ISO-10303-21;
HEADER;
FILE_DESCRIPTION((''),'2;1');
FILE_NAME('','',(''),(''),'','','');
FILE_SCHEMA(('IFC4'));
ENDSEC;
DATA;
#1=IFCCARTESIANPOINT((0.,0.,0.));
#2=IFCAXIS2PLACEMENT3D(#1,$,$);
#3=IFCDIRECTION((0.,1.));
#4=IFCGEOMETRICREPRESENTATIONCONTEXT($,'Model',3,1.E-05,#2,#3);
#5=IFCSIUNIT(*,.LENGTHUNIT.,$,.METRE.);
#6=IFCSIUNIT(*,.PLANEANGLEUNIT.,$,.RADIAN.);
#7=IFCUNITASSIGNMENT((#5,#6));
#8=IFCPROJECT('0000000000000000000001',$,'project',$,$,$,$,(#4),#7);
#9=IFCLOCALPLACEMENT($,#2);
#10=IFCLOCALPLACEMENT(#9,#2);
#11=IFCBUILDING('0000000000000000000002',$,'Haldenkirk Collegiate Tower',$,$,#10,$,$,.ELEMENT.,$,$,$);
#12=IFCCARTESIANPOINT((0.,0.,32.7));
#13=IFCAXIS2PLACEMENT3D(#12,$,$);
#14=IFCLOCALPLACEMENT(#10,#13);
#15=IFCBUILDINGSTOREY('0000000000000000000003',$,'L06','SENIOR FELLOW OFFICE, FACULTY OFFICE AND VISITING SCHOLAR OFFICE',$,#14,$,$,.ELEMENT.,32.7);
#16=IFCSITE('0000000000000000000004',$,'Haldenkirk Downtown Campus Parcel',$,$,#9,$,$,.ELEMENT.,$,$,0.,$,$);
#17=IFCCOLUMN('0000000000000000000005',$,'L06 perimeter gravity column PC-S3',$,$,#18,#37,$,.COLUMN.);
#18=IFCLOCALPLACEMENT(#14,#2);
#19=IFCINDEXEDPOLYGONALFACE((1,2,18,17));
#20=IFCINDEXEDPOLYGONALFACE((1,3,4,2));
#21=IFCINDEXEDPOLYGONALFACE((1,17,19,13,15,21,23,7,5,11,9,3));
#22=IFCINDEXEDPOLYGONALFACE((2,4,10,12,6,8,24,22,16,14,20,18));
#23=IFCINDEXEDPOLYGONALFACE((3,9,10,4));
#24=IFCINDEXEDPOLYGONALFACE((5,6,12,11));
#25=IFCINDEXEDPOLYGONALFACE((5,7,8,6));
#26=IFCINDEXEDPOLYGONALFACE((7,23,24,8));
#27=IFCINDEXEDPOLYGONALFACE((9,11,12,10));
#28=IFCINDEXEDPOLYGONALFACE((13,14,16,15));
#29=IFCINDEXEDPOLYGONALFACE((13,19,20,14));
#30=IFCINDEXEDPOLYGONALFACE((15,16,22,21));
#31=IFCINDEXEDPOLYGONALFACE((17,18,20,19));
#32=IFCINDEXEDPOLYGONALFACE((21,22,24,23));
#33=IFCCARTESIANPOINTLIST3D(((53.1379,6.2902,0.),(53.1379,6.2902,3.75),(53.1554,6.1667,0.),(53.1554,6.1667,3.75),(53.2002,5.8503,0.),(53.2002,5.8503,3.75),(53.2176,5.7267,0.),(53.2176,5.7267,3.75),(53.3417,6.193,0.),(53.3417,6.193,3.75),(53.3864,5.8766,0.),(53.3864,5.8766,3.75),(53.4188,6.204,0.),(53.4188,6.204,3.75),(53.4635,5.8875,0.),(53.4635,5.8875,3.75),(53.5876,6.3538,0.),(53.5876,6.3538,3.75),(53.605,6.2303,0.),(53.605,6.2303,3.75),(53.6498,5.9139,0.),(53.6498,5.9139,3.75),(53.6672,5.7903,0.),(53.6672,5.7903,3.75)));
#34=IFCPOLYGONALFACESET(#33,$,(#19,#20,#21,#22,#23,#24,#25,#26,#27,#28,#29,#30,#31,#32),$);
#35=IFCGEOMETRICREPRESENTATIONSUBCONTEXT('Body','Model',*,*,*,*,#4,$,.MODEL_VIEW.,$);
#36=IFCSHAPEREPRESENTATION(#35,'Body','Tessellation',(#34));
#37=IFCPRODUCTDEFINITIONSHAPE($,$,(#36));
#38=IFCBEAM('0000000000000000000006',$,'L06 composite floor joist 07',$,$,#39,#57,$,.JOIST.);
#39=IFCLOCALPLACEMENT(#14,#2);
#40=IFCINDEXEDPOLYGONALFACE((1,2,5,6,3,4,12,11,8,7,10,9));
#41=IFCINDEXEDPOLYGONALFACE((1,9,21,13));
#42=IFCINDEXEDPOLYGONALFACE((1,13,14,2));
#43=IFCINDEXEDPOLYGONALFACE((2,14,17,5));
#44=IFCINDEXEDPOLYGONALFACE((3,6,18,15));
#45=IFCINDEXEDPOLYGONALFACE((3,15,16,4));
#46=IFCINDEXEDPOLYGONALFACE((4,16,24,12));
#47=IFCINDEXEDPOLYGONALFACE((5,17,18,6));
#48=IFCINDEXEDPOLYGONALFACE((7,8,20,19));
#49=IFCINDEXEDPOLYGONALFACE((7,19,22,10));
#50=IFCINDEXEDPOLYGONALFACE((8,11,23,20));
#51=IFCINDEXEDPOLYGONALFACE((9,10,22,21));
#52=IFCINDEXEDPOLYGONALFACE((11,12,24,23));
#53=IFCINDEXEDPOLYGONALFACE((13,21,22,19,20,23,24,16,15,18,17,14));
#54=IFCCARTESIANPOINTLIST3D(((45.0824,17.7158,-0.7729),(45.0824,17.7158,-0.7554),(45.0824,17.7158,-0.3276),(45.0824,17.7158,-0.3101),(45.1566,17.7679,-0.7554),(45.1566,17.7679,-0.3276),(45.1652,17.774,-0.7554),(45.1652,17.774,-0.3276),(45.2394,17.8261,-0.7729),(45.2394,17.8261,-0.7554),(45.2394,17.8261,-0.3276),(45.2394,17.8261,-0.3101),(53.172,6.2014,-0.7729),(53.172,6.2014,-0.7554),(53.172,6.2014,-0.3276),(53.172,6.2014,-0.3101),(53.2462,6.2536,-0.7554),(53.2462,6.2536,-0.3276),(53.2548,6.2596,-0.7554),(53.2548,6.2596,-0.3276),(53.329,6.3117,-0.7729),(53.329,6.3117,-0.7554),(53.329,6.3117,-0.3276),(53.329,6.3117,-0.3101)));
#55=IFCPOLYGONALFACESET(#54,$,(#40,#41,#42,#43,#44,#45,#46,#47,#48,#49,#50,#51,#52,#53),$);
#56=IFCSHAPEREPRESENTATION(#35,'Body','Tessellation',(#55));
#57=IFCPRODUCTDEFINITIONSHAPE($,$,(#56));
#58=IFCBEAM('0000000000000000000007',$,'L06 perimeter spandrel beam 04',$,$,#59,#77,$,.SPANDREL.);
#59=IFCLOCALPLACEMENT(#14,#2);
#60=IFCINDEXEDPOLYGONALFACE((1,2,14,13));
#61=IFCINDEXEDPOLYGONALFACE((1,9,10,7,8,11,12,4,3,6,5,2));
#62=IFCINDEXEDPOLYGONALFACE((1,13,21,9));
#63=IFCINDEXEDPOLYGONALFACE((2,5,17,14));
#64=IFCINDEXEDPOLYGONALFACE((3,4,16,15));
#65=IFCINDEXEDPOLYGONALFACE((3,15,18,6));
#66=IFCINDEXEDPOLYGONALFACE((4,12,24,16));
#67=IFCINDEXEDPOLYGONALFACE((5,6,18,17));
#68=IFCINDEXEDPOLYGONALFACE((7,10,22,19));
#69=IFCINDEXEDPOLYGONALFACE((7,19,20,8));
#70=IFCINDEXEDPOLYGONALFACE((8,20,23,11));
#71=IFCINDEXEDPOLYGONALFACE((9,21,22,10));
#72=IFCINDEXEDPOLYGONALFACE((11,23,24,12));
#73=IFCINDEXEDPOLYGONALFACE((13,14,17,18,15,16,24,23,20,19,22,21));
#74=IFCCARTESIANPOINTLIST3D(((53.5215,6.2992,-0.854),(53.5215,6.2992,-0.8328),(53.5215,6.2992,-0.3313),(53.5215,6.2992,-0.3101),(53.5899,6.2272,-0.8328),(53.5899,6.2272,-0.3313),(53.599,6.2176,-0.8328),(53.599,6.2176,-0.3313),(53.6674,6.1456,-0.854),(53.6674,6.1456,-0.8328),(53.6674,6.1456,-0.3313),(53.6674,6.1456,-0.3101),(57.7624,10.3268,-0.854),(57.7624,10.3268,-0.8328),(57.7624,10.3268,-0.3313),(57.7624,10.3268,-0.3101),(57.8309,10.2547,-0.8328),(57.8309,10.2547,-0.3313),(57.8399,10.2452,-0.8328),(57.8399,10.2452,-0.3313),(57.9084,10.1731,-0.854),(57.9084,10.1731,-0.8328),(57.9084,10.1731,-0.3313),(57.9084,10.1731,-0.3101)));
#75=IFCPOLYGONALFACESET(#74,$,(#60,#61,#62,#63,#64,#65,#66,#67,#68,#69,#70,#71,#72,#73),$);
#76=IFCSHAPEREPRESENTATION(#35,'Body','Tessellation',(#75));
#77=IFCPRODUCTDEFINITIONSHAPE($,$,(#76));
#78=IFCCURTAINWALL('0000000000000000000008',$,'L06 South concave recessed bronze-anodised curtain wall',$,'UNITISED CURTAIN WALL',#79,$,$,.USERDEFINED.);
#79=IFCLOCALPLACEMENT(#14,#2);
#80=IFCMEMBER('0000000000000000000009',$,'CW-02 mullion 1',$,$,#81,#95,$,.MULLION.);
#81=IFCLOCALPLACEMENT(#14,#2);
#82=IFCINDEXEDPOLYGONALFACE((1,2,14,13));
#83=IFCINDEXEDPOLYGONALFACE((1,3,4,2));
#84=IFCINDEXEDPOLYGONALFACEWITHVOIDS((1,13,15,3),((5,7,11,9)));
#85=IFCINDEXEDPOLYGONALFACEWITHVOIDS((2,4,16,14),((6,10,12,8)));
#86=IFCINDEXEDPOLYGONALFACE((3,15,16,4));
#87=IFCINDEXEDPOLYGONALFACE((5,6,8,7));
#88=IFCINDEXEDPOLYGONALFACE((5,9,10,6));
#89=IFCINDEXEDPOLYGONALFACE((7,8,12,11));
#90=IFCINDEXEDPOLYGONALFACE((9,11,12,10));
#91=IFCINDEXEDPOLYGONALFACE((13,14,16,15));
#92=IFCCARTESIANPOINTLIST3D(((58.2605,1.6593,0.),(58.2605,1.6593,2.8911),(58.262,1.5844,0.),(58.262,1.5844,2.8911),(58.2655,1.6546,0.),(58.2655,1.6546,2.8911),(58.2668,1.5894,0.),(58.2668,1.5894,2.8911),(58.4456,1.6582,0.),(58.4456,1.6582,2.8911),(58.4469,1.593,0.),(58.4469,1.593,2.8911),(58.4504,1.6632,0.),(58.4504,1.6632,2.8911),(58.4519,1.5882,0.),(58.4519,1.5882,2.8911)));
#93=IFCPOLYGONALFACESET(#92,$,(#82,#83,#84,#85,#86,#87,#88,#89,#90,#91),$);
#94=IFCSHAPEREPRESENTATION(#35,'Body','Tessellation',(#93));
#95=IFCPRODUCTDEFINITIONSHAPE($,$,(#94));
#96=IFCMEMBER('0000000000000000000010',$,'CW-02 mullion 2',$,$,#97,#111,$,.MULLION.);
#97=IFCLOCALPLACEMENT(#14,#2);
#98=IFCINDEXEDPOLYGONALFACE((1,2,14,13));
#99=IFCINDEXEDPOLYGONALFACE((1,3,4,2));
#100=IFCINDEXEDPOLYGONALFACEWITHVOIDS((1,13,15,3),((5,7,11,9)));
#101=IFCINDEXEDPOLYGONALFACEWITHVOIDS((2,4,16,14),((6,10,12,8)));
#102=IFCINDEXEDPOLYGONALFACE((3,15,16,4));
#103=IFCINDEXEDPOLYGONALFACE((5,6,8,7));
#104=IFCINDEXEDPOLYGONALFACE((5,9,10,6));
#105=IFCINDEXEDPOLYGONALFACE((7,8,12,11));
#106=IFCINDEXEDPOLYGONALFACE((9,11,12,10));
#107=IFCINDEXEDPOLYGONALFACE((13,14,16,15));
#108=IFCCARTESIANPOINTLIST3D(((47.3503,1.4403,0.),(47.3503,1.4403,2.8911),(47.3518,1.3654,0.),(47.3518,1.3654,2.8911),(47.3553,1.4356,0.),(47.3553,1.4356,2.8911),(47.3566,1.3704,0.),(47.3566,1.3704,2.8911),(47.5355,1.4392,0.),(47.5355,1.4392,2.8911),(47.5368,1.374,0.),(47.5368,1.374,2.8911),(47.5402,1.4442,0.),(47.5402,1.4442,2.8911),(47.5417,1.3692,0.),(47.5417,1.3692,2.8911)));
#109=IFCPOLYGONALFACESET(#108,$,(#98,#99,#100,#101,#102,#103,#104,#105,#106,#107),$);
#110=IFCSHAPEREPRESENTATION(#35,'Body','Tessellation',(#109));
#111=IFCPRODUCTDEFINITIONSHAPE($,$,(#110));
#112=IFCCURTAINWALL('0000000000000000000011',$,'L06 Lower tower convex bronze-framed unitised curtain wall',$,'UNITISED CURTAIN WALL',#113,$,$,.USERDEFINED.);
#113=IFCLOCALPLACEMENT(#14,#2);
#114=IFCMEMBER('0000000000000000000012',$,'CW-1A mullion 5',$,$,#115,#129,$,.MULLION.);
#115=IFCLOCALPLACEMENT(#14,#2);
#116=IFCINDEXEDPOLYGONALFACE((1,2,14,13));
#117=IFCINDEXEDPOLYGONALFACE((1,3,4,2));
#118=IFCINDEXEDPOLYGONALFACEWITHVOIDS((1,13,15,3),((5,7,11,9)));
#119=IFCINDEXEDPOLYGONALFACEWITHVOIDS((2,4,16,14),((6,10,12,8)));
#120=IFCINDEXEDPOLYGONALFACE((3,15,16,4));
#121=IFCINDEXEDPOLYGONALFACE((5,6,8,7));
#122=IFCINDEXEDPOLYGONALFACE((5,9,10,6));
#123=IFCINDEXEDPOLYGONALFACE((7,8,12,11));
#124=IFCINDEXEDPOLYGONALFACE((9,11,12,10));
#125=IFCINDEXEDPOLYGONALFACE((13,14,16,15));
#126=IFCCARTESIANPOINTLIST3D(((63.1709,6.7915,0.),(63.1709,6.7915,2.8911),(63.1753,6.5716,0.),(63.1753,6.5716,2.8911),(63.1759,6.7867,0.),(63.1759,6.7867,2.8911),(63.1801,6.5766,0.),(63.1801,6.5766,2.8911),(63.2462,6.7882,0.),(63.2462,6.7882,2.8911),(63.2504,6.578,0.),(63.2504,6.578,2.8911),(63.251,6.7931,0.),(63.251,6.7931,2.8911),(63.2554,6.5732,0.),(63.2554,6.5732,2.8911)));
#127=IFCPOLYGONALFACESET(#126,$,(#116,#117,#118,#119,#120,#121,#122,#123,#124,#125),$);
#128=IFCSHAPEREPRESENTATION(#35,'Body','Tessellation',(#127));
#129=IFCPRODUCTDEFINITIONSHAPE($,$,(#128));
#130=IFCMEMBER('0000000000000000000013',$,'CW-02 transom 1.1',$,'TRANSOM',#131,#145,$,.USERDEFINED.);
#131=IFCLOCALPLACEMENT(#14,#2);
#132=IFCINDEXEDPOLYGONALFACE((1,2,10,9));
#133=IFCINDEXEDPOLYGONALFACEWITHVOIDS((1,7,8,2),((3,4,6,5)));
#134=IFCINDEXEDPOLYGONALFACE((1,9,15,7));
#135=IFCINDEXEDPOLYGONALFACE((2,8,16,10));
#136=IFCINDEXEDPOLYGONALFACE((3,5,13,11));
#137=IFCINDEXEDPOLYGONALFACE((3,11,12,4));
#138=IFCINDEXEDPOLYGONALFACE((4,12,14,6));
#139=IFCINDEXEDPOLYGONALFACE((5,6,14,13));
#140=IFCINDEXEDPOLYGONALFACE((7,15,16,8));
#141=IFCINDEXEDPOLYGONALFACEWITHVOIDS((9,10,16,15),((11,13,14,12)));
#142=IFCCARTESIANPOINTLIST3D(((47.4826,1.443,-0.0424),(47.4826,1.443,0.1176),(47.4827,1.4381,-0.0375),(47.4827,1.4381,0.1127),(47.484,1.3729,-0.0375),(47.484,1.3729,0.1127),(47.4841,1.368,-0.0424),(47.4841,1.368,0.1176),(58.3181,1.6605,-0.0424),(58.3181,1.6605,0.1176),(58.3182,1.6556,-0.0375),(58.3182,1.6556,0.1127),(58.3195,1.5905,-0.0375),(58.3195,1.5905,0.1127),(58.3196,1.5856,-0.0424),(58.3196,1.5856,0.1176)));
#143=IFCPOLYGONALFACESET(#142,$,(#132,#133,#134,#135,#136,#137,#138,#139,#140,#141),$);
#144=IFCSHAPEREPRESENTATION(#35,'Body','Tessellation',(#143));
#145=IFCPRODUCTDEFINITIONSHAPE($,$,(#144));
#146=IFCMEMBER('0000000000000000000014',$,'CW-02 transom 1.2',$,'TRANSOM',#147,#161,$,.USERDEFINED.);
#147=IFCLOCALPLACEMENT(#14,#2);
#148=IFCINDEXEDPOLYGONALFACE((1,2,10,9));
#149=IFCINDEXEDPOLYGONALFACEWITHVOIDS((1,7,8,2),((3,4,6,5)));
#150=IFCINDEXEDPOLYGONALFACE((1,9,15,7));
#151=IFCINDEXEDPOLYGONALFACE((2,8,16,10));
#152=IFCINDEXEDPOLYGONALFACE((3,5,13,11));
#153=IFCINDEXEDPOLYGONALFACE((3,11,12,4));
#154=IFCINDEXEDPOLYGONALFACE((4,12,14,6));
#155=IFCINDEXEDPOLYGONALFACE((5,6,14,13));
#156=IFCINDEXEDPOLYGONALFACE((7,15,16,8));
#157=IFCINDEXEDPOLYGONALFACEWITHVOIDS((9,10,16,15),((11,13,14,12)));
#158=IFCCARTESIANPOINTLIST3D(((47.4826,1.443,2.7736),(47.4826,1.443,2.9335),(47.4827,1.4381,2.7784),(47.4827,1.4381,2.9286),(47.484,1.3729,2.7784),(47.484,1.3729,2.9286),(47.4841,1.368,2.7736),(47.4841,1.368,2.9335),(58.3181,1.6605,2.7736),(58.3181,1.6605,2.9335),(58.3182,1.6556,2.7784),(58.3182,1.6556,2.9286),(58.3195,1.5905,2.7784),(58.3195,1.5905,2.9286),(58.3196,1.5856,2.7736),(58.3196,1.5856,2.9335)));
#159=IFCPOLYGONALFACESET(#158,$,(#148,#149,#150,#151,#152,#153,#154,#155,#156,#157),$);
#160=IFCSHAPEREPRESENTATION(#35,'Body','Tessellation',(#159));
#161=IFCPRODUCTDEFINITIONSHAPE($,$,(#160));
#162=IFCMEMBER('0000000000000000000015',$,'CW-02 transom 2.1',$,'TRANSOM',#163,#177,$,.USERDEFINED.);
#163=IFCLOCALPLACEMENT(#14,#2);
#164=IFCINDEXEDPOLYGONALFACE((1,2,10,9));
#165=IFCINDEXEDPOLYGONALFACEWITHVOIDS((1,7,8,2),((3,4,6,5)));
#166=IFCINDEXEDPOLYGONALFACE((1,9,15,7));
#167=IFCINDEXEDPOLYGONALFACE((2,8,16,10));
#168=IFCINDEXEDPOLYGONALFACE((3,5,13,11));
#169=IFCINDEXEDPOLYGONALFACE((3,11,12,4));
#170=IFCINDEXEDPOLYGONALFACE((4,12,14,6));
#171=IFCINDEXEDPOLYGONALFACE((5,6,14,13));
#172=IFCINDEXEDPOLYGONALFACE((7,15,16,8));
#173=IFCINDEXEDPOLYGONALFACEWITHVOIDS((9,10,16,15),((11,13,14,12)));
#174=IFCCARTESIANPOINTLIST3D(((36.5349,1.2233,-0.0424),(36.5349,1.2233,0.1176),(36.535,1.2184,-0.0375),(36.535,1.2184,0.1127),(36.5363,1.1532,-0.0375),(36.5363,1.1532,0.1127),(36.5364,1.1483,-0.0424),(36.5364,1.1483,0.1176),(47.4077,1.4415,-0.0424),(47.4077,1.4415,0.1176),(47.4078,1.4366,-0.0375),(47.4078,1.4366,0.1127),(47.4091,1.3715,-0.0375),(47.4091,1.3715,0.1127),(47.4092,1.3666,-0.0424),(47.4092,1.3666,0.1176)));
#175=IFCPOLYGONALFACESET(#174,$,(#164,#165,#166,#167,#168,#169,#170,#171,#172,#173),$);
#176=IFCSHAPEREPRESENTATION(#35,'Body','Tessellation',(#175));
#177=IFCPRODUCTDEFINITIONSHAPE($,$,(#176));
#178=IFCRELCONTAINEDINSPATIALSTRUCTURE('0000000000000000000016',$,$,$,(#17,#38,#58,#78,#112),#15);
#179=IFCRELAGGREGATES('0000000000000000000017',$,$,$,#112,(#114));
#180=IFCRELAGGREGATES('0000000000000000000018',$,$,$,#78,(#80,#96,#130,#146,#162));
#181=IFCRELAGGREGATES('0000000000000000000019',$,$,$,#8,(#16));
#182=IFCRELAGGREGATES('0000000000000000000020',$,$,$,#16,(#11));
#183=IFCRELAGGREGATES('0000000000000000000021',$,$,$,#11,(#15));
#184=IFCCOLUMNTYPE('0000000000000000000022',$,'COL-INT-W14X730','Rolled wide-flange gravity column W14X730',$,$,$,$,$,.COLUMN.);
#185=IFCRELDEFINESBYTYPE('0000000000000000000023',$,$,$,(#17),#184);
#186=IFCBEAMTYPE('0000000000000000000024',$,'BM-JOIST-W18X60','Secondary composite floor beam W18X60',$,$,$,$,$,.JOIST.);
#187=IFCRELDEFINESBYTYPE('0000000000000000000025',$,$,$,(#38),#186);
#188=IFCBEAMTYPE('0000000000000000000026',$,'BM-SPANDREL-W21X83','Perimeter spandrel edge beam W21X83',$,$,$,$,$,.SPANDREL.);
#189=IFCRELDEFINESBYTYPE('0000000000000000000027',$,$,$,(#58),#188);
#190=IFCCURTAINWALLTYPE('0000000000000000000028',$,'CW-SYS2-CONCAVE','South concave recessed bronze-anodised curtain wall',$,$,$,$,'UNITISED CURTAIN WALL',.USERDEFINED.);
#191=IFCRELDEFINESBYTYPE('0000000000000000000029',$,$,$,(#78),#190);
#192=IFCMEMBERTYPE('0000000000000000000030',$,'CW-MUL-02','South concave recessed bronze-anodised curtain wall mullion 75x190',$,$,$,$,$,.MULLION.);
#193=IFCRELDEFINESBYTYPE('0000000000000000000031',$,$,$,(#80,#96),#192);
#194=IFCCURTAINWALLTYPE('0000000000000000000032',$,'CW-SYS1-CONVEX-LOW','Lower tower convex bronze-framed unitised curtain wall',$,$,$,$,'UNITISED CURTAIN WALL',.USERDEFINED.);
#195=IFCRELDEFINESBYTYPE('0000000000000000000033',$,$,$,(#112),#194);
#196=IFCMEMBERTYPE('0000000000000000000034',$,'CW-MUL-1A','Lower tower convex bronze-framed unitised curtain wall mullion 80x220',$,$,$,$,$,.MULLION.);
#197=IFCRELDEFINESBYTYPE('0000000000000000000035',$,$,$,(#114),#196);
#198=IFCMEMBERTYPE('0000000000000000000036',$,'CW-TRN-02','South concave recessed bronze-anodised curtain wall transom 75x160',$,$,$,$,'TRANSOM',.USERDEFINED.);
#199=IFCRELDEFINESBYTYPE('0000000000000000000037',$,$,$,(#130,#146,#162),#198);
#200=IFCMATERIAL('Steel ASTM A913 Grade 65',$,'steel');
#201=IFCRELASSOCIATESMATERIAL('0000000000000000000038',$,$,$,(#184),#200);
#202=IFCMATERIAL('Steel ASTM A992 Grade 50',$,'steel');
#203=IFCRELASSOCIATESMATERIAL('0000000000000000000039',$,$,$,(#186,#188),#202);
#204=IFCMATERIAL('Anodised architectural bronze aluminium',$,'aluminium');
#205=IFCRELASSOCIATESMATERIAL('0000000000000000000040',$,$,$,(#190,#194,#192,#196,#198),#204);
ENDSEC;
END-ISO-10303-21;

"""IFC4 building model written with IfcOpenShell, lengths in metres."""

from ifc_helpers import new_model, si_unit, direction, frame, origin, origin_2d, place, context, subcontext, project, spatial, hollow_rectangle, i_section, extrude, material, material_profile, profile_set, type_object, element, aggregate, save


model = new_model("IFC4")

# Units and contexts
model_context = context("Model", 3, precision=1e-05, world=origin(), true_north=direction((0.0, 1.0)))
body_context = subcontext(model_context, "Body", "Model", "MODEL_VIEW")
ifc_project = project(units=[si_unit("LENGTHUNIT", "METRE"), si_unit("PLANEANGLEUNIT", "RADIAN")], contexts=[model_context])

# Site, building, storey
site_placement = place(None, origin())
site = spatial("IfcSite", under=ifc_project, at=site_placement, Name="Haldenkirk Downtown Campus Parcel", CompositionType="ELEMENT", RefElevation=0.0)
building_placement = place(site_placement, origin())
building = spatial("IfcBuilding", under=site, at=building_placement, Name="Haldenkirk Collegiate Tower", CompositionType="ELEMENT")
storey_placement = place(building_placement, frame((0.0, 0.0, 32.7)))
storey = spatial("IfcBuildingStorey", under=building, at=storey_placement, Name="L06", Description="SENIOR FELLOW OFFICE, FACULTY OFFICE AND VISITING SCHOLAR OFFICE", CompositionType="ELEMENT", Elevation=32.7)

# Column
ifc_material_1 = material(Name="Steel ASTM A913 Grade 65", Category="steel")
ifc_material_profile_1 = material_profile(ifc_material_1, i_section(OverallWidth=0.4541, OverallDepth=0.5691, WebThickness=0.0779, FlangeThickness=0.1248, at=origin_2d()), Name="W14X730")
ifc_profile_set_1 = profile_set([ifc_material_profile_1], Name="Steel ASTM A913 Grade 65")
column_type = type_object("IfcColumnType", Name="COL-INT-W14X730", Description="Rolled wide-flange gravity column W14X730", PredefinedType="COLUMN", material=ifc_profile_set_1)
column_placement = place(storey_placement, frame((53.4026, 6.0403, 0.0), z_axis=(0.0, 0.0, 1.0), x_axis=(0.990146, 0.140037, 0.0)))
element("IfcColumn", 1, at=column_placement, inside=storey, type_object=column_type, Name="L06 perimeter gravity column PC-S3", PredefinedType="COLUMN", context=body_context, shape_type="SweptSolid", body=[
    extrude(i_section(OverallWidth=0.4541, OverallDepth=0.5691, WebThickness=0.0779, FlangeThickness=0.1248, at=origin_2d()), origin(), (0.0, 0.0, 1.0), 3.75),
])

# Beams
ifc_material_2 = material(Name="Steel ASTM A992 Grade 50", Category="steel")
ifc_material_profile_2 = material_profile(ifc_material_2, i_section(OverallWidth=0.1919, OverallDepth=0.4629, WebThickness=0.0105, FlangeThickness=0.0176, at=origin_2d()), Name="W18X60")
ifc_profile_set_2 = profile_set([ifc_material_profile_2], Name="Steel ASTM A992 Grade 50")
beam_type_1 = type_object("IfcBeamType", Name="BM-JOIST-W18X60", Description="Secondary composite floor beam W18X60", PredefinedType="JOIST", material=ifc_profile_set_2)
beam_1_placement = place(storey_placement, frame((53.2505, 6.2566, -0.5415), z_axis=(-0.574869, 0.818245, 0.0), x_axis=(-0.818245, -0.574869, 0.0)))
element("IfcBeam", 2, at=beam_1_placement, inside=storey, type_object=beam_type_1, Name="L06 composite floor joist 07", PredefinedType="JOIST", context=body_context, shape_type="SweptSolid", body=[
    extrude(i_section(OverallWidth=0.1919, OverallDepth=0.4629, WebThickness=0.0105, FlangeThickness=0.0176, at=origin_2d()), origin(), (0.0, 0.0, 1.0), 14.072),
])
ifc_material_profile_3 = material_profile(ifc_material_2, i_section(OverallWidth=0.2119, OverallDepth=0.5439, WebThickness=0.0132, FlangeThickness=0.0212, at=origin_2d()), Name="W21X83")
ifc_profile_set_3 = profile_set([ifc_material_profile_3], Name="Steel ASTM A992 Grade 50")
beam_type_2 = type_object("IfcBeamType", Name="BM-SPANDREL-W21X83", Description="Perimeter spandrel edge beam W21X83", PredefinedType="SPANDREL", material=ifc_profile_set_3)
beam_2_placement = place(storey_placement, frame((53.5945, 6.2224, -0.582), z_axis=(0.725113, 0.68863, 0.0), x_axis=(-0.68863, 0.725113, 0.0)))
element("IfcBeam", 3, at=beam_2_placement, inside=storey, type_object=beam_type_2, Name="L06 perimeter spandrel beam 04", PredefinedType="SPANDREL", context=body_context, shape_type="SweptSolid", body=[
    extrude(i_section(OverallWidth=0.2119, OverallDepth=0.5439, WebThickness=0.0132, FlangeThickness=0.0212, at=origin_2d()), origin(), (0.0, 0.0, 1.0), 5.8486),
])

# Curtain wall, members
ifc_material_3 = material(Name="Anodised architectural bronze aluminium", Category="aluminium")
curtain_wall_type_1 = type_object("IfcCurtainWallType", Name="CW-SYS2-CONCAVE", Description="South concave recessed bronze-anodised curtain wall", ElementType="UNITISED CURTAIN WALL", PredefinedType="USERDEFINED", material=ifc_material_3)
curtain_wall_1_placement = place(storey_placement, origin())
curtain_wall_1 = element("IfcCurtainWall", 4, at=curtain_wall_1_placement, inside=storey, type_object=curtain_wall_type_1, Name="L06 South concave recessed bronze-anodised curtain wall", ObjectType="UNITISED CURTAIN WALL", PredefinedType="USERDEFINED")
ifc_material_profile_4 = material_profile(ifc_material_3, hollow_rectangle(XDim=0.075, YDim=0.1899, WallThickness=0.0049, at=origin_2d()), Name="CW-MUL-02")
ifc_profile_set_4 = profile_set([ifc_material_profile_4], Name="Anodised architectural bronze aluminium")
member_type_1 = type_object("IfcMemberType", Name="CW-MUL-02", Description="South concave recessed bronze-anodised curtain wall mullion 75x190", PredefinedType="MULLION", material=ifc_profile_set_4)
member_1_placement = place(storey_placement, frame((58.3562, 1.6238, 0.0), z_axis=(0.0, 0.0, 1.0), x_axis=(0.020068, -0.999799, 0.0)))
member_1 = element("IfcMember", 5, at=member_1_placement, type_object=member_type_1, Name="CW-02 mullion 1", PredefinedType="MULLION", context=body_context, shape_type="SweptSolid", body=[
    extrude(hollow_rectangle(XDim=0.075, YDim=0.1899, WallThickness=0.0049, at=origin_2d()), origin(), (0.0, 0.0, 1.0), 2.8911),
])
member_2_placement = place(storey_placement, frame((47.446, 1.4048, 0.0), z_axis=(0.0, 0.0, 1.0), x_axis=(0.020068, -0.999799, 0.0)))
member_2 = element("IfcMember", 6, at=member_2_placement, type_object=member_type_1, Name="CW-02 mullion 2", PredefinedType="MULLION", context=body_context, shape_type="SweptSolid", body=[
    extrude(hollow_rectangle(XDim=0.075, YDim=0.1899, WallThickness=0.0049, at=origin_2d()), origin(), (0.0, 0.0, 1.0), 2.8911),
])

# Curtain wall, member
curtain_wall_type_2 = type_object("IfcCurtainWallType", Name="CW-SYS1-CONVEX-LOW", Description="Lower tower convex bronze-framed unitised curtain wall", ElementType="UNITISED CURTAIN WALL", PredefinedType="USERDEFINED", material=ifc_material_3)
curtain_wall_2_placement = place(storey_placement, origin())
curtain_wall_2 = element("IfcCurtainWall", 7, at=curtain_wall_2_placement, inside=storey, type_object=curtain_wall_type_2, Name="L06 Lower tower convex bronze-framed unitised curtain wall", ObjectType="UNITISED CURTAIN WALL", PredefinedType="USERDEFINED")
ifc_material_profile_5 = material_profile(ifc_material_3, hollow_rectangle(XDim=0.0801, YDim=0.22, WallThickness=0.0049, at=origin_2d()), Name="CW-MUL-1A")
ifc_profile_set_5 = profile_set([ifc_material_profile_5], Name="Anodised architectural bronze aluminium")
member_type_2 = type_object("IfcMemberType", Name="CW-MUL-1A", Description="Lower tower convex bronze-framed unitised curtain wall mullion 80x220", PredefinedType="MULLION", material=ifc_profile_set_5)
member_3_placement = place(storey_placement, frame((63.2131, 6.6824, 0.0), z_axis=(0.0, 0.0, 1.0), x_axis=(0.999799, 0.020069, 0.0)))
member_3 = element("IfcMember", 8, at=member_3_placement, type_object=member_type_2, Name="CW-1A mullion 5", PredefinedType="MULLION", context=body_context, shape_type="SweptSolid", body=[
    extrude(hollow_rectangle(XDim=0.0801, YDim=0.22, WallThickness=0.0049, at=origin_2d()), origin(), (0.0, 0.0, 1.0), 2.8911),
])
aggregate(curtain_wall_2, [member_3])

# Members
ifc_material_profile_6 = material_profile(ifc_material_3, hollow_rectangle(XDim=0.075, YDim=0.1599, WallThickness=0.0049, at=origin_2d()), Name="CW-TRN-02")
ifc_profile_set_6 = profile_set([ifc_material_profile_6], Name="Anodised architectural bronze aluminium")
member_type_3 = type_object("IfcMemberType", Name="CW-TRN-02", Description="South concave recessed bronze-anodised curtain wall transom 75x160", ElementType="TRANSOM", PredefinedType="USERDEFINED", material=ifc_profile_set_6)
member_4_placement = place(storey_placement, frame((58.3188, 1.623, 0.0376), z_axis=(-0.999799, -0.020072, 0.0), x_axis=(0.020072, -0.999799, 0.0)))
member_4 = element("IfcMember", 9, at=member_4_placement, type_object=member_type_3, Name="CW-02 transom 1.1", ObjectType="TRANSOM", PredefinedType="USERDEFINED", context=body_context, shape_type="SweptSolid", body=[
    extrude(hollow_rectangle(XDim=0.075, YDim=0.1599, WallThickness=0.0049, at=origin_2d()), origin(), (0.0, 0.0, 1.0), 10.8376),
])
member_5_placement = place(storey_placement, frame((58.3188, 1.623, 2.8535), z_axis=(-0.999799, -0.020072, 0.0), x_axis=(0.020072, -0.999799, 0.0)))
member_5 = element("IfcMember", 10, at=member_5_placement, type_object=member_type_3, Name="CW-02 transom 1.2", ObjectType="TRANSOM", PredefinedType="USERDEFINED", context=body_context, shape_type="SweptSolid", body=[
    extrude(hollow_rectangle(XDim=0.075, YDim=0.1599, WallThickness=0.0049, at=origin_2d()), origin(), (0.0, 0.0, 1.0), 10.8376),
])
member_6_placement = place(storey_placement, frame((47.4084, 1.4041, 0.0376), z_axis=(-0.999799, -0.02007, 0.0), x_axis=(0.02007, -0.999799, 0.0)))
member_6 = element("IfcMember", 11, at=member_6_placement, type_object=member_type_3, Name="CW-02 transom 2.1", ObjectType="TRANSOM", PredefinedType="USERDEFINED", context=body_context, shape_type="SweptSolid", body=[
    extrude(hollow_rectangle(XDim=0.075, YDim=0.1599, WallThickness=0.0049, at=origin_2d()), origin(), (0.0, 0.0, 1.0), 10.875),
])

aggregate(curtain_wall_1, [member_1, member_2, member_4, member_5, member_6])

save(model, "model.ifc")
